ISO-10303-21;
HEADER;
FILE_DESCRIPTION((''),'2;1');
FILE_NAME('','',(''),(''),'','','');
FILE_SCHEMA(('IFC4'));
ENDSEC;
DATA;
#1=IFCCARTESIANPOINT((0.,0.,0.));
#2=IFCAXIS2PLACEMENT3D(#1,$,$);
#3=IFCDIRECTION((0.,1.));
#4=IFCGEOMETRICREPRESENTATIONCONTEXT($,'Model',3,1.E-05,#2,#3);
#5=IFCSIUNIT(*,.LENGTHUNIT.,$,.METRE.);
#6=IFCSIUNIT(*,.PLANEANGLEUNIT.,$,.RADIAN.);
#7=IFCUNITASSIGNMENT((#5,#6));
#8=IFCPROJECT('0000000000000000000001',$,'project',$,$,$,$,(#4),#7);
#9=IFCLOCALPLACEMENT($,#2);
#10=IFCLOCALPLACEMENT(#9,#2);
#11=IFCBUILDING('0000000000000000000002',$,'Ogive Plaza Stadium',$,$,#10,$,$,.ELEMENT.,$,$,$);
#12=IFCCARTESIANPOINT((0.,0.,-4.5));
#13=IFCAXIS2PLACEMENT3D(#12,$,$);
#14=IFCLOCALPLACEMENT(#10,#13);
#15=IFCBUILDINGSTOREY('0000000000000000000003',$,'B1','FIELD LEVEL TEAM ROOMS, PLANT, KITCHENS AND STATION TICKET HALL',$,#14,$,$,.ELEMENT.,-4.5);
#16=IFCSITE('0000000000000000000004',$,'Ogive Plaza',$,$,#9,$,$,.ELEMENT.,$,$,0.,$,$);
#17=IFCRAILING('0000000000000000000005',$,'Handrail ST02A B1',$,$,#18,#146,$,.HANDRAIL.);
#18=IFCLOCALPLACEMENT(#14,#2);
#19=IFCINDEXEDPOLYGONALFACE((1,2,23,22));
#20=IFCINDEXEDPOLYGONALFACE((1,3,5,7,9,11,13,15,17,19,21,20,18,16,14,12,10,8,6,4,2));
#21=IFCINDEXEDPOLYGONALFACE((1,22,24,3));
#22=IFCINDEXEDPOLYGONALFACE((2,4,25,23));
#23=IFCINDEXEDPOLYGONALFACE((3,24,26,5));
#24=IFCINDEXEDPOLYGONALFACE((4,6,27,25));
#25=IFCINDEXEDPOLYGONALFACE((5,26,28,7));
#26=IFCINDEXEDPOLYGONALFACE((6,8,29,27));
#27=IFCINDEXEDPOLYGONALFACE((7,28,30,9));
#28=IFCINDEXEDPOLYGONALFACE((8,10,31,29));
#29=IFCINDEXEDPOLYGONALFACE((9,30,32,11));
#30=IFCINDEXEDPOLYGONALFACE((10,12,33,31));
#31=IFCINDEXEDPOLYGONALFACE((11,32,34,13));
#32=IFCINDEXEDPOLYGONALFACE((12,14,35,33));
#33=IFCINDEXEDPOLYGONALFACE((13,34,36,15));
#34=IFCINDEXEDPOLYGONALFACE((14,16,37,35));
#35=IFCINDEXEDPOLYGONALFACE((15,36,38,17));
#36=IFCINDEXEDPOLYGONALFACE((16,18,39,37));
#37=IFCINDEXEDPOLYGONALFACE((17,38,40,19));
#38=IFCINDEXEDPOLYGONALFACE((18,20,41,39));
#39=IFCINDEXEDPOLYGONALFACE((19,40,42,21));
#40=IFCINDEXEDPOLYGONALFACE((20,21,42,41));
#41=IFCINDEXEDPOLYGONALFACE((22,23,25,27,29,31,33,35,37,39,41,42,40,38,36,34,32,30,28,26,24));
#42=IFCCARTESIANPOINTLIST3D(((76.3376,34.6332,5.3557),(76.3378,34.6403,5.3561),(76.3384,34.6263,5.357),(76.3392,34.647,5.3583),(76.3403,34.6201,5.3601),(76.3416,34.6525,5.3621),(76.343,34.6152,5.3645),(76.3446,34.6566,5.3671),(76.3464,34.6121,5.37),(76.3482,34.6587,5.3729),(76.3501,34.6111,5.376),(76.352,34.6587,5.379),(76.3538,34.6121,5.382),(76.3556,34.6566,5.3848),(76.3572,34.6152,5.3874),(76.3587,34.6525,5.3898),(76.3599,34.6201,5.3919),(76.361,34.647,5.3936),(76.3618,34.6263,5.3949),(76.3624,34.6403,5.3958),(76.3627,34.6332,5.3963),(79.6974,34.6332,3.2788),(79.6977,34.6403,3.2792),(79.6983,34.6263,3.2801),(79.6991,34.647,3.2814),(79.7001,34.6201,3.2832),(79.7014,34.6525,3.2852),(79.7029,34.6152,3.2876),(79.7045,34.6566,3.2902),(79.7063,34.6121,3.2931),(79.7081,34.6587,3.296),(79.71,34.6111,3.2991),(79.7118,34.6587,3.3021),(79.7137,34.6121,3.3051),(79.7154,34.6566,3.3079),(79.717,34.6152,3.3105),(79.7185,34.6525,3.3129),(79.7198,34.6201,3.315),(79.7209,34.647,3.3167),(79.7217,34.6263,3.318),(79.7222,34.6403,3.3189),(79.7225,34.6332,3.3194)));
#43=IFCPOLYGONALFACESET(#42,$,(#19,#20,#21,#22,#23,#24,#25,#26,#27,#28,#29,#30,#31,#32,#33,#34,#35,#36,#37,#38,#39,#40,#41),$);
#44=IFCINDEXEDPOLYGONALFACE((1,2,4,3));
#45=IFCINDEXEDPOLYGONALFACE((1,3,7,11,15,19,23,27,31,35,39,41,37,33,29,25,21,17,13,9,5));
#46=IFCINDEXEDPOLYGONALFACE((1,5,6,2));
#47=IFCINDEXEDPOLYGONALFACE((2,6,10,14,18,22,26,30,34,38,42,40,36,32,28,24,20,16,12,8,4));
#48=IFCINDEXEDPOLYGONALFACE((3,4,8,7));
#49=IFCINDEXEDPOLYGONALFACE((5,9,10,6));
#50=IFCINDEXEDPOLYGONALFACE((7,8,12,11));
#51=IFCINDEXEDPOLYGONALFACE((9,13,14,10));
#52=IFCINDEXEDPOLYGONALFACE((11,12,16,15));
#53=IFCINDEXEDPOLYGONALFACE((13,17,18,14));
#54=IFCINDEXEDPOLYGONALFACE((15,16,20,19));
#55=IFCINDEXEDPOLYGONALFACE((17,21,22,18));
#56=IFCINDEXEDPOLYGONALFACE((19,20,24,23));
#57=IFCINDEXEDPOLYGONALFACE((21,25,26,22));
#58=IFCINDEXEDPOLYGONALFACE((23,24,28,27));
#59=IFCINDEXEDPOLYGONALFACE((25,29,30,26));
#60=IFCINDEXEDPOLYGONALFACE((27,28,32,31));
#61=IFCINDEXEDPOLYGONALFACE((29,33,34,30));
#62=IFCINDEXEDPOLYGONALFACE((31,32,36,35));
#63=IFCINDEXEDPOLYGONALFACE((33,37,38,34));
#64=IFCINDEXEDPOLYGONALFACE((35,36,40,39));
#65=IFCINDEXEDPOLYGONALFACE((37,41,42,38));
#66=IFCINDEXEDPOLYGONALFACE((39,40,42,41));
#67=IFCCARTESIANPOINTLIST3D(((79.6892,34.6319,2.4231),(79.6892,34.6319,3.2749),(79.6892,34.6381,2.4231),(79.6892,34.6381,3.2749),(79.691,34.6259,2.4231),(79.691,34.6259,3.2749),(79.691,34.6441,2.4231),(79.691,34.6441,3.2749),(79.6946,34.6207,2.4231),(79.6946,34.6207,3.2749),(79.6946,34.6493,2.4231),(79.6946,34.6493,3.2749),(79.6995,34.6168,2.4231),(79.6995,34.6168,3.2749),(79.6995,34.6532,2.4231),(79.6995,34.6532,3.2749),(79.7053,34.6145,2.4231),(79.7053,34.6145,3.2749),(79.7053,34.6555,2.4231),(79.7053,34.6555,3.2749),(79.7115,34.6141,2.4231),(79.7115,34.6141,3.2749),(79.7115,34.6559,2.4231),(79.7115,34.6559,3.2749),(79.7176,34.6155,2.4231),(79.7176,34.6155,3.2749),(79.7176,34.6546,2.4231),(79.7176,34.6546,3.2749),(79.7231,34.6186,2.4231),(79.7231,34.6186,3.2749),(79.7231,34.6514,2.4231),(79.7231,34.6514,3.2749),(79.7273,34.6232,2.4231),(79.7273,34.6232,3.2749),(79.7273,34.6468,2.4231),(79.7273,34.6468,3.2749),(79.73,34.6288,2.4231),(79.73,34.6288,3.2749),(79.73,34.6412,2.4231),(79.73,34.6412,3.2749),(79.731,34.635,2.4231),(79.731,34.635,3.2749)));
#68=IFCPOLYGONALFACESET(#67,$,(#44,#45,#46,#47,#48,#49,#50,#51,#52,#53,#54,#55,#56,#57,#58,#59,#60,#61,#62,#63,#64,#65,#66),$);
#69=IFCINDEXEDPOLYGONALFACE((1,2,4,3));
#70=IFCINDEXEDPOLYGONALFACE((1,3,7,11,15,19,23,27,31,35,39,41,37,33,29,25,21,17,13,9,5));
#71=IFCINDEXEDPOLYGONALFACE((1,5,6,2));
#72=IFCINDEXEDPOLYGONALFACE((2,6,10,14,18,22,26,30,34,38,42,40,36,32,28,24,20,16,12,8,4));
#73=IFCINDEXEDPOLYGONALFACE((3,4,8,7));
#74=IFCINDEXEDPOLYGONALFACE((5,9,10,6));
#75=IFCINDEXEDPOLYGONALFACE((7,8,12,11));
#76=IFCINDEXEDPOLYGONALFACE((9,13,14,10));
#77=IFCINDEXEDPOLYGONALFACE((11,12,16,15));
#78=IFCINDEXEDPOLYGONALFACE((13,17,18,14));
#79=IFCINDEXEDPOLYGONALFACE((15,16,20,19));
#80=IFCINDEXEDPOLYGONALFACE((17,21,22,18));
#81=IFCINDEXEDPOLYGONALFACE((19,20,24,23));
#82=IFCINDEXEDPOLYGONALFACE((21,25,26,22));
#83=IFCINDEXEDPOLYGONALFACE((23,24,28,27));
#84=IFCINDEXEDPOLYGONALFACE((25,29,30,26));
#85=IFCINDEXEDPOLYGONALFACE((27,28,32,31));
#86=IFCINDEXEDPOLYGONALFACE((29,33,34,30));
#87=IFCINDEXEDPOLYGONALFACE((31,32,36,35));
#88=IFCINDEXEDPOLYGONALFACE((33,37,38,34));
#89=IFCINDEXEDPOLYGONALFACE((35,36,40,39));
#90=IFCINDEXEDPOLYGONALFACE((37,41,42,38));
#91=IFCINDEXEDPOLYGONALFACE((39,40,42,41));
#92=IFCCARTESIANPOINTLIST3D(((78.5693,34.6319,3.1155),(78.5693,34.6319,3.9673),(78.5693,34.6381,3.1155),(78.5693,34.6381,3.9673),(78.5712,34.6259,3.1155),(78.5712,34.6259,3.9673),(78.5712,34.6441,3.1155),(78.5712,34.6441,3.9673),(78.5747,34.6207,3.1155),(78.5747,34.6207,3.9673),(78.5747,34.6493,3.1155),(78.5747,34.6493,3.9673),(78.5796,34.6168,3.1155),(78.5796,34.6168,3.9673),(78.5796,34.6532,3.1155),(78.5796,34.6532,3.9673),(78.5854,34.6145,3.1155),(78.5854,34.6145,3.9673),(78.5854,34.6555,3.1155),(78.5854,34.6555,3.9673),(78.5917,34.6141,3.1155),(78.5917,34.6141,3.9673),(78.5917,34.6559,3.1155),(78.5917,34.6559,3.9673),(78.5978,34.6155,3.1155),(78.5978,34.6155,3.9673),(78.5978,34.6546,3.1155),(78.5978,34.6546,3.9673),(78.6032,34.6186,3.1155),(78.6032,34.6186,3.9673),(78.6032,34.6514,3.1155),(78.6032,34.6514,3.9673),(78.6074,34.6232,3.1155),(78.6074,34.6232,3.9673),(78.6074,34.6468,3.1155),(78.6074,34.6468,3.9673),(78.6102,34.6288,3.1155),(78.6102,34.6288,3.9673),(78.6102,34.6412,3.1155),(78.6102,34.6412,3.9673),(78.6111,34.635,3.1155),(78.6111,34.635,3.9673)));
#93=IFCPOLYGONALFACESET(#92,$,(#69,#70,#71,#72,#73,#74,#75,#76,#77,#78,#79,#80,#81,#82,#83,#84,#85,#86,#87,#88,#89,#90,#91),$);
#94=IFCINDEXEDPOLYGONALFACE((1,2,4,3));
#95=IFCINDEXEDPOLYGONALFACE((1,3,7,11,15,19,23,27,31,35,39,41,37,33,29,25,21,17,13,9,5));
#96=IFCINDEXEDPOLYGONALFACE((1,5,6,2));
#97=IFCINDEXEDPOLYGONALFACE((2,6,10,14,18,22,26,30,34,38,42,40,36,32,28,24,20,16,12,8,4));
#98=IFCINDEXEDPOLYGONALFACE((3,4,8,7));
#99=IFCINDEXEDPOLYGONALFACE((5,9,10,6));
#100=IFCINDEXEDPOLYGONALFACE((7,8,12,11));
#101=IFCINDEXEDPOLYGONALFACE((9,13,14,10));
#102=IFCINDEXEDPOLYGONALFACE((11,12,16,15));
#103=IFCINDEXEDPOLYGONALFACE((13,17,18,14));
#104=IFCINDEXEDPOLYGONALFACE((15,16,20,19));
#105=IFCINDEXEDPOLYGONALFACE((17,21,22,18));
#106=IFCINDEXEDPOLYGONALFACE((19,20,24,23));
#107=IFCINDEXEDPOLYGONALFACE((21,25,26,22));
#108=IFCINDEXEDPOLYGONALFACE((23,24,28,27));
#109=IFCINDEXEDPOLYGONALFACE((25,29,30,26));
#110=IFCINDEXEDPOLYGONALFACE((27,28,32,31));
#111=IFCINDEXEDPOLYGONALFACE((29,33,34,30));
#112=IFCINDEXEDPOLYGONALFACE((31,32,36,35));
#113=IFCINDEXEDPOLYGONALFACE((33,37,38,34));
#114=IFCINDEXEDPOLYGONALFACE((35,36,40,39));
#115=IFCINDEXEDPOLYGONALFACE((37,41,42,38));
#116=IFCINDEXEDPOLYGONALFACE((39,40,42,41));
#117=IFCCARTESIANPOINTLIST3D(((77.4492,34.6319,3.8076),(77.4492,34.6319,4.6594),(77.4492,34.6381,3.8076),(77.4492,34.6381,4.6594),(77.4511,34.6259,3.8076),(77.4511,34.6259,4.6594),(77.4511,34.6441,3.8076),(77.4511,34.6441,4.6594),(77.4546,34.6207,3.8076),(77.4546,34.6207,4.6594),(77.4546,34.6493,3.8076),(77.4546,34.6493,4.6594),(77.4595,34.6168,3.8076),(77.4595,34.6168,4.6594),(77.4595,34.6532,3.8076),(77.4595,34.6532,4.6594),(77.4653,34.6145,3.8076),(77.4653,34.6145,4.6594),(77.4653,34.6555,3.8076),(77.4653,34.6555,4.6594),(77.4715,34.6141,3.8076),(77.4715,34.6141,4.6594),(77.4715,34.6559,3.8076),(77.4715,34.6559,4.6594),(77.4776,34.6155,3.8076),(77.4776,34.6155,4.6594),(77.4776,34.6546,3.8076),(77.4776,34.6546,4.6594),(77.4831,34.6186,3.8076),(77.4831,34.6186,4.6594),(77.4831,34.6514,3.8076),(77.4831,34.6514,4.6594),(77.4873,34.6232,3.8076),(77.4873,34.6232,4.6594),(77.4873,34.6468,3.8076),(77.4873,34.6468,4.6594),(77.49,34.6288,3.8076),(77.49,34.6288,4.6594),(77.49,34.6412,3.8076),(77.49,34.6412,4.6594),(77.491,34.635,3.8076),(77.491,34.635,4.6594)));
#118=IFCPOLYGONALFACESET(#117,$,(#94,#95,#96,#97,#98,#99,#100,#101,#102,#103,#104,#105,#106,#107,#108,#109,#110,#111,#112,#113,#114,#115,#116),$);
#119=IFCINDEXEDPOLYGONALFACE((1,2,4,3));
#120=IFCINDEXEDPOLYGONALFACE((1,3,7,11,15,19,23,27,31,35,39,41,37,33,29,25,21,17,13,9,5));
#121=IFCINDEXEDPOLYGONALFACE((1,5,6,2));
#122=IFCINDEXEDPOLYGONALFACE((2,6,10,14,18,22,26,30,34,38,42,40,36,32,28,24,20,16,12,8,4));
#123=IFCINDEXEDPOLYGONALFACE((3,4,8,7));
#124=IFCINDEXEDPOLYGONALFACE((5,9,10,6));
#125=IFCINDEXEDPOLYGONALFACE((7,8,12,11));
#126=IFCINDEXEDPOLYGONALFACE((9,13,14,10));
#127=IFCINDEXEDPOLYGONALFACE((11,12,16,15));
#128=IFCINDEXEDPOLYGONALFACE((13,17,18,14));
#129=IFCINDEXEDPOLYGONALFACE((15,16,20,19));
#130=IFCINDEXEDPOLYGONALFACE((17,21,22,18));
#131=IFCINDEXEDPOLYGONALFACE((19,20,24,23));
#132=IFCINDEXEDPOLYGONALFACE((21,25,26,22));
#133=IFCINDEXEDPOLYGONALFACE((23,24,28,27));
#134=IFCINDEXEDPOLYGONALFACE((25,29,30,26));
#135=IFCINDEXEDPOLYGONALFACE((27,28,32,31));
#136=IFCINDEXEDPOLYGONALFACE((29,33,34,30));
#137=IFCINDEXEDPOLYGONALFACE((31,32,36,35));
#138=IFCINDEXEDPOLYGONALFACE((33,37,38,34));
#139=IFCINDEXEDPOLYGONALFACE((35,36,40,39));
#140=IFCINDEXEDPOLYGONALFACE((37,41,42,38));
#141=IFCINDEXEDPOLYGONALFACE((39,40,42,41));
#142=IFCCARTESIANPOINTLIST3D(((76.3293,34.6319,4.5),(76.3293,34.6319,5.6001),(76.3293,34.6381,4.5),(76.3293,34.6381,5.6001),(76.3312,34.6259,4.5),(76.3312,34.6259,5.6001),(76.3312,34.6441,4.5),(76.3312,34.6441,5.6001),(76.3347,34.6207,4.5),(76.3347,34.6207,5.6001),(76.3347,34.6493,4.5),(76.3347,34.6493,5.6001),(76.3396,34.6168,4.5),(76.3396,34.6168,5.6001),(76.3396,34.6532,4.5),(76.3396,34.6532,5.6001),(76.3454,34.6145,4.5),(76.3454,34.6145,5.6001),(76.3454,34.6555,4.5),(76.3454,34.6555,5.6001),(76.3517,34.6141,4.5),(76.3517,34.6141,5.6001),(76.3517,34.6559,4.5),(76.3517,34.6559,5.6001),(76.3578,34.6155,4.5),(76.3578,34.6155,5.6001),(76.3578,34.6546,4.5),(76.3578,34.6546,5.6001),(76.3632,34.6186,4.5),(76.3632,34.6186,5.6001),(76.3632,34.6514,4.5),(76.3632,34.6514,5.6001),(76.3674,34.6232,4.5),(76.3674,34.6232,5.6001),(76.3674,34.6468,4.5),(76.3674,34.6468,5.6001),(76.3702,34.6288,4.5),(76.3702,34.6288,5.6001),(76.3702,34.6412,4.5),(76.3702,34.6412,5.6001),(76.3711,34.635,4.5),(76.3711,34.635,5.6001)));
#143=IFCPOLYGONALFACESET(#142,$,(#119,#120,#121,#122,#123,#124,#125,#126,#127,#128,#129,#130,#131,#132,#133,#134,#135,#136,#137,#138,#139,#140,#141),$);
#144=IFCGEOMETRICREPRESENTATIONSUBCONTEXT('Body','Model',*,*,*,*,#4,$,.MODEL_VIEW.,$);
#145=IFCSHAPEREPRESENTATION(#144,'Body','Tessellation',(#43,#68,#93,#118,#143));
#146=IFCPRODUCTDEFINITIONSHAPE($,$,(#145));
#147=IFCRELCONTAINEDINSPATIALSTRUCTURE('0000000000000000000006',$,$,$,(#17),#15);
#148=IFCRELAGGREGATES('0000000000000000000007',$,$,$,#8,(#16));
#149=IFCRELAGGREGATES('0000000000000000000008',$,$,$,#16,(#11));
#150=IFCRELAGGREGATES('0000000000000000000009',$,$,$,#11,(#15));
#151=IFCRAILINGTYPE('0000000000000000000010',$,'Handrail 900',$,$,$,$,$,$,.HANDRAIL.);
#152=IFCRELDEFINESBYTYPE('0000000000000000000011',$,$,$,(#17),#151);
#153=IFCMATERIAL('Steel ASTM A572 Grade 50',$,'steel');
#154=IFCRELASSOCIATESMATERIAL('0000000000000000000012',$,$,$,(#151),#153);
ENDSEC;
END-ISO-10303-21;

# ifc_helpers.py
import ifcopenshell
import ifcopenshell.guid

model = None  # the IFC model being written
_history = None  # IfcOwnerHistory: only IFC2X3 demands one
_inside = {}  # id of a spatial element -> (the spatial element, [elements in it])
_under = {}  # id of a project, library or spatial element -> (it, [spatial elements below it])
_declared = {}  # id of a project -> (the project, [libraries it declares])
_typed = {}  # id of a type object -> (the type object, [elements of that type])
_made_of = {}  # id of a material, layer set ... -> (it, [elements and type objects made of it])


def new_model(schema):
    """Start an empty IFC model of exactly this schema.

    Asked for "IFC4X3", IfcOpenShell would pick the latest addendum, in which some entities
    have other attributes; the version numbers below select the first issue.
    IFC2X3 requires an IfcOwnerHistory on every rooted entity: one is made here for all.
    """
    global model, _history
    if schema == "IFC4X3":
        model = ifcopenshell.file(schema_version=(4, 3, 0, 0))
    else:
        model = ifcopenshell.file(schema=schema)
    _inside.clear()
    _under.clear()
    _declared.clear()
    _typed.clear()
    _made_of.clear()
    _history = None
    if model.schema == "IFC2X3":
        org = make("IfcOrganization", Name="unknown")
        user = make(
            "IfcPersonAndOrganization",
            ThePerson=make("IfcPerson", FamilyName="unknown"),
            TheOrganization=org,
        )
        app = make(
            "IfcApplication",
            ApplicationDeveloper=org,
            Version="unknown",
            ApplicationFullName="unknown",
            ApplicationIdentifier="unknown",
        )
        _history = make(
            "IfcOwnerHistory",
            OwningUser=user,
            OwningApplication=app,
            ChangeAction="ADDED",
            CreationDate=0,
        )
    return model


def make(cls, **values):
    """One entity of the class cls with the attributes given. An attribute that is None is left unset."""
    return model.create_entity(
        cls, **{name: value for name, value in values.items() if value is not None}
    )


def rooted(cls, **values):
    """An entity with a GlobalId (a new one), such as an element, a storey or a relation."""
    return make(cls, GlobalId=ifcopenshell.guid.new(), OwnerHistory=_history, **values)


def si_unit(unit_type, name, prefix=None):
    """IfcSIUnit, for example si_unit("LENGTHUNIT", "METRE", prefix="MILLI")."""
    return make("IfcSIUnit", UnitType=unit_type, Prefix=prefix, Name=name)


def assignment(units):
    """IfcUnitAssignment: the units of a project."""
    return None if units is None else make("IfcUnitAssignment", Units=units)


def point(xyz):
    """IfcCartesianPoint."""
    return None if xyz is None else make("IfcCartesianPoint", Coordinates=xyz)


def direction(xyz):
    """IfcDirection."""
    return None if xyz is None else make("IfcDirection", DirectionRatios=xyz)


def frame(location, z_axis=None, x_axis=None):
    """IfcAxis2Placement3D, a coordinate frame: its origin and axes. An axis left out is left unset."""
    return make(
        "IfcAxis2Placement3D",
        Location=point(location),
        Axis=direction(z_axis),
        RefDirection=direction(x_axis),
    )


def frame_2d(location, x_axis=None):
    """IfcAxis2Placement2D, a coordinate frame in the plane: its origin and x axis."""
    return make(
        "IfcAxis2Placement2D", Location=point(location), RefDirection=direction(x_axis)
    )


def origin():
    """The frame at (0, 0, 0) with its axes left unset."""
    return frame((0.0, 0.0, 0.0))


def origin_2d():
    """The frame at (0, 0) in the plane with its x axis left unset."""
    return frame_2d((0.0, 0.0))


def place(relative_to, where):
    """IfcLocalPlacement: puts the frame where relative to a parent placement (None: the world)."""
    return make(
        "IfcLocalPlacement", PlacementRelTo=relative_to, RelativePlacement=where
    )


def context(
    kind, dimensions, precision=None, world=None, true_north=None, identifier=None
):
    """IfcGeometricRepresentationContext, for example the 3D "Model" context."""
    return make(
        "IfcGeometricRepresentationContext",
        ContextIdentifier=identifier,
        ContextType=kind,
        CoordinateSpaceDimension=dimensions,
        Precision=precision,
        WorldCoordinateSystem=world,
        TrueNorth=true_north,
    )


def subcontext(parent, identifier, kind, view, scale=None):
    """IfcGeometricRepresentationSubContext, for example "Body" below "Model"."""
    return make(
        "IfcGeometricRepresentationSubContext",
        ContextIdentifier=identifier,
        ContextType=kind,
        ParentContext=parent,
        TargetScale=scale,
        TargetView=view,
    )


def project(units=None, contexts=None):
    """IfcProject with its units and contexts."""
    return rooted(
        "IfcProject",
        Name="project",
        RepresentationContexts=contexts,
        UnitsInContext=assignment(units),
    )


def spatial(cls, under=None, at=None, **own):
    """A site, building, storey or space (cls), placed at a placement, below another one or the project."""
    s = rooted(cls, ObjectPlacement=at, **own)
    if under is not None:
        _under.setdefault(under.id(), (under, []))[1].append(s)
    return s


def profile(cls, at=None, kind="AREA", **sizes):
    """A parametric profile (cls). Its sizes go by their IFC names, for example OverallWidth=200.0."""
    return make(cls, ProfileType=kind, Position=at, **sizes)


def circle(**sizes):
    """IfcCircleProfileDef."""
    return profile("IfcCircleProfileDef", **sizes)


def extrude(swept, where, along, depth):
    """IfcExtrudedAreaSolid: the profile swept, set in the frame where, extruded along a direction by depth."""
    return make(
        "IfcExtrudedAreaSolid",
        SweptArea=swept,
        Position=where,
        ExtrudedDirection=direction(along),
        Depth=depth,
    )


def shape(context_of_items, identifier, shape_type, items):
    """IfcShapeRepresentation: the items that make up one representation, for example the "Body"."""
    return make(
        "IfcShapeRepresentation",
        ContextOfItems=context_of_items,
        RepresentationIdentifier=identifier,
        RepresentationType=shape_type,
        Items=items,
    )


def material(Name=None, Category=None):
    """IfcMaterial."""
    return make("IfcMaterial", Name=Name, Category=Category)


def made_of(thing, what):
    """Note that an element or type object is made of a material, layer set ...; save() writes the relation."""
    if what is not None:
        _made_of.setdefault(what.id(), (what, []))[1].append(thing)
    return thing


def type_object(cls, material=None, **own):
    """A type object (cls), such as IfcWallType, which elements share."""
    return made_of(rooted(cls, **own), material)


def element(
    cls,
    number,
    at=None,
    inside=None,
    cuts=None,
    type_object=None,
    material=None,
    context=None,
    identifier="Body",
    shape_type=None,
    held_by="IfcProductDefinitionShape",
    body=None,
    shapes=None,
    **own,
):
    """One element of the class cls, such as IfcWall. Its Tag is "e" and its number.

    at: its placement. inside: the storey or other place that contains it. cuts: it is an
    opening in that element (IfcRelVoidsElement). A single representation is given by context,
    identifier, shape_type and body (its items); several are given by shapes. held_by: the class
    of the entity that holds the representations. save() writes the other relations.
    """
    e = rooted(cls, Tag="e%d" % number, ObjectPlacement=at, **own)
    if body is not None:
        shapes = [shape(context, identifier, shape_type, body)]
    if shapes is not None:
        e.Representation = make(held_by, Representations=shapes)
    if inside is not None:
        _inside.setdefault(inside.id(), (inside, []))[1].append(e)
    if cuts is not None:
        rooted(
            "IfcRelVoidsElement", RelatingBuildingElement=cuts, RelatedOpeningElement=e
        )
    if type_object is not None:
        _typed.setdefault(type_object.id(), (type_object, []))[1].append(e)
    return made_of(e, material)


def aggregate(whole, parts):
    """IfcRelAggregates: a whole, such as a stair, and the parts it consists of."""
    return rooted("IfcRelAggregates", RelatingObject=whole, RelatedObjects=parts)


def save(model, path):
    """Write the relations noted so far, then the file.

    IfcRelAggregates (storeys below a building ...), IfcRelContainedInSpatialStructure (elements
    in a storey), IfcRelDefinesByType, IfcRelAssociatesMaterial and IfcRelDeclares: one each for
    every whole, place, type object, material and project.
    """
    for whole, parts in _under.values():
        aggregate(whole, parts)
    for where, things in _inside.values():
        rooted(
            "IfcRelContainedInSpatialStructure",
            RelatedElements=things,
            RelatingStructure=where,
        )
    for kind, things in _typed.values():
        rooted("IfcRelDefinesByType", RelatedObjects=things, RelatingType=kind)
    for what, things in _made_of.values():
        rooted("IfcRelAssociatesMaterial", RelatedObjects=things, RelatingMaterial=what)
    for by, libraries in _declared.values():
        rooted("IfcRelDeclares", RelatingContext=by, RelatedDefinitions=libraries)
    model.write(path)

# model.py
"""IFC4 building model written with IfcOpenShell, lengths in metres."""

from ifc_helpers import new_model, si_unit, direction, frame, origin, origin_2d, place, context, subcontext, project, spatial, circle, extrude, material, type_object, element, save


model = new_model("IFC4")

# Units and contexts
model_context = context("Model", 3, precision=1e-05, world=origin(), true_north=direction((0.0, 1.0)))
body_context = subcontext(model_context, "Body", "Model", "MODEL_VIEW")
ifc_project = project(units=[si_unit("LENGTHUNIT", "METRE"), si_unit("PLANEANGLEUNIT", "RADIAN")], contexts=[model_context])

# Site, building, storey
site_placement = place(None, origin())
site = spatial("IfcSite", under=ifc_project, at=site_placement, Name="Ogive Plaza", CompositionType="ELEMENT", RefElevation=0.0)
building_placement = place(site_placement, origin())
building = spatial("IfcBuilding", under=site, at=building_placement, Name="Ogive Plaza Stadium", CompositionType="ELEMENT")
storey_placement = place(building_placement, frame((0.0, 0.0, -4.5)))
storey = spatial("IfcBuildingStorey", under=building, at=storey_placement, Name="B1", Description="FIELD LEVEL TEAM ROOMS, PLANT, KITCHENS AND STATION TICKET HALL", CompositionType="ELEMENT", Elevation=-4.5)

# Railing
ifc_material_1 = material(Name="Steel ASTM A572 Grade 50", Category="steel")
railing_type_1 = type_object("IfcRailingType", Name="Handrail 900", PredefinedType="HANDRAIL", material=ifc_material_1)
for number, where, name in (
    (1, (79.71, 34.635, 2.4231), "Handrail ST02A B1"),
):
    element("IfcRailing", number, at=place(storey_placement, frame(where)), inside=storey, type_object=railing_type_1, Name=name, PredefinedType="HANDRAIL", context=body_context, shape_type="SweptSolid", body=[
        extrude(circle(Radius=0.0239, at=origin_2d()), frame((0.0, 0.0, 0.876), z_axis=(-0.850606, 0.0, 0.525803), x_axis=(0.0, -1.0, 0.0)), (0.0, 0.0, 1.0), 3.95),
        extrude(circle(Radius=0.021, at=origin_2d()), origin(), (0.0, 0.0, 1.0), 0.8518),
        extrude(circle(Radius=0.021, at=origin_2d()), frame((-1.1199, 0.0, 0.6924)), (0.0, 0.0, 1.0), 0.8518),
        extrude(circle(Radius=0.021, at=origin_2d()), frame((-2.24, 0.0, 1.3845)), (0.0, 0.0, 1.0), 0.8518),
        extrude(circle(Radius=0.021, at=origin_2d()), frame((-3.3599, 0.0, 2.0769)), (0.0, 0.0, 1.0), 1.1001),
    ])

save(model, "model.ifc")
